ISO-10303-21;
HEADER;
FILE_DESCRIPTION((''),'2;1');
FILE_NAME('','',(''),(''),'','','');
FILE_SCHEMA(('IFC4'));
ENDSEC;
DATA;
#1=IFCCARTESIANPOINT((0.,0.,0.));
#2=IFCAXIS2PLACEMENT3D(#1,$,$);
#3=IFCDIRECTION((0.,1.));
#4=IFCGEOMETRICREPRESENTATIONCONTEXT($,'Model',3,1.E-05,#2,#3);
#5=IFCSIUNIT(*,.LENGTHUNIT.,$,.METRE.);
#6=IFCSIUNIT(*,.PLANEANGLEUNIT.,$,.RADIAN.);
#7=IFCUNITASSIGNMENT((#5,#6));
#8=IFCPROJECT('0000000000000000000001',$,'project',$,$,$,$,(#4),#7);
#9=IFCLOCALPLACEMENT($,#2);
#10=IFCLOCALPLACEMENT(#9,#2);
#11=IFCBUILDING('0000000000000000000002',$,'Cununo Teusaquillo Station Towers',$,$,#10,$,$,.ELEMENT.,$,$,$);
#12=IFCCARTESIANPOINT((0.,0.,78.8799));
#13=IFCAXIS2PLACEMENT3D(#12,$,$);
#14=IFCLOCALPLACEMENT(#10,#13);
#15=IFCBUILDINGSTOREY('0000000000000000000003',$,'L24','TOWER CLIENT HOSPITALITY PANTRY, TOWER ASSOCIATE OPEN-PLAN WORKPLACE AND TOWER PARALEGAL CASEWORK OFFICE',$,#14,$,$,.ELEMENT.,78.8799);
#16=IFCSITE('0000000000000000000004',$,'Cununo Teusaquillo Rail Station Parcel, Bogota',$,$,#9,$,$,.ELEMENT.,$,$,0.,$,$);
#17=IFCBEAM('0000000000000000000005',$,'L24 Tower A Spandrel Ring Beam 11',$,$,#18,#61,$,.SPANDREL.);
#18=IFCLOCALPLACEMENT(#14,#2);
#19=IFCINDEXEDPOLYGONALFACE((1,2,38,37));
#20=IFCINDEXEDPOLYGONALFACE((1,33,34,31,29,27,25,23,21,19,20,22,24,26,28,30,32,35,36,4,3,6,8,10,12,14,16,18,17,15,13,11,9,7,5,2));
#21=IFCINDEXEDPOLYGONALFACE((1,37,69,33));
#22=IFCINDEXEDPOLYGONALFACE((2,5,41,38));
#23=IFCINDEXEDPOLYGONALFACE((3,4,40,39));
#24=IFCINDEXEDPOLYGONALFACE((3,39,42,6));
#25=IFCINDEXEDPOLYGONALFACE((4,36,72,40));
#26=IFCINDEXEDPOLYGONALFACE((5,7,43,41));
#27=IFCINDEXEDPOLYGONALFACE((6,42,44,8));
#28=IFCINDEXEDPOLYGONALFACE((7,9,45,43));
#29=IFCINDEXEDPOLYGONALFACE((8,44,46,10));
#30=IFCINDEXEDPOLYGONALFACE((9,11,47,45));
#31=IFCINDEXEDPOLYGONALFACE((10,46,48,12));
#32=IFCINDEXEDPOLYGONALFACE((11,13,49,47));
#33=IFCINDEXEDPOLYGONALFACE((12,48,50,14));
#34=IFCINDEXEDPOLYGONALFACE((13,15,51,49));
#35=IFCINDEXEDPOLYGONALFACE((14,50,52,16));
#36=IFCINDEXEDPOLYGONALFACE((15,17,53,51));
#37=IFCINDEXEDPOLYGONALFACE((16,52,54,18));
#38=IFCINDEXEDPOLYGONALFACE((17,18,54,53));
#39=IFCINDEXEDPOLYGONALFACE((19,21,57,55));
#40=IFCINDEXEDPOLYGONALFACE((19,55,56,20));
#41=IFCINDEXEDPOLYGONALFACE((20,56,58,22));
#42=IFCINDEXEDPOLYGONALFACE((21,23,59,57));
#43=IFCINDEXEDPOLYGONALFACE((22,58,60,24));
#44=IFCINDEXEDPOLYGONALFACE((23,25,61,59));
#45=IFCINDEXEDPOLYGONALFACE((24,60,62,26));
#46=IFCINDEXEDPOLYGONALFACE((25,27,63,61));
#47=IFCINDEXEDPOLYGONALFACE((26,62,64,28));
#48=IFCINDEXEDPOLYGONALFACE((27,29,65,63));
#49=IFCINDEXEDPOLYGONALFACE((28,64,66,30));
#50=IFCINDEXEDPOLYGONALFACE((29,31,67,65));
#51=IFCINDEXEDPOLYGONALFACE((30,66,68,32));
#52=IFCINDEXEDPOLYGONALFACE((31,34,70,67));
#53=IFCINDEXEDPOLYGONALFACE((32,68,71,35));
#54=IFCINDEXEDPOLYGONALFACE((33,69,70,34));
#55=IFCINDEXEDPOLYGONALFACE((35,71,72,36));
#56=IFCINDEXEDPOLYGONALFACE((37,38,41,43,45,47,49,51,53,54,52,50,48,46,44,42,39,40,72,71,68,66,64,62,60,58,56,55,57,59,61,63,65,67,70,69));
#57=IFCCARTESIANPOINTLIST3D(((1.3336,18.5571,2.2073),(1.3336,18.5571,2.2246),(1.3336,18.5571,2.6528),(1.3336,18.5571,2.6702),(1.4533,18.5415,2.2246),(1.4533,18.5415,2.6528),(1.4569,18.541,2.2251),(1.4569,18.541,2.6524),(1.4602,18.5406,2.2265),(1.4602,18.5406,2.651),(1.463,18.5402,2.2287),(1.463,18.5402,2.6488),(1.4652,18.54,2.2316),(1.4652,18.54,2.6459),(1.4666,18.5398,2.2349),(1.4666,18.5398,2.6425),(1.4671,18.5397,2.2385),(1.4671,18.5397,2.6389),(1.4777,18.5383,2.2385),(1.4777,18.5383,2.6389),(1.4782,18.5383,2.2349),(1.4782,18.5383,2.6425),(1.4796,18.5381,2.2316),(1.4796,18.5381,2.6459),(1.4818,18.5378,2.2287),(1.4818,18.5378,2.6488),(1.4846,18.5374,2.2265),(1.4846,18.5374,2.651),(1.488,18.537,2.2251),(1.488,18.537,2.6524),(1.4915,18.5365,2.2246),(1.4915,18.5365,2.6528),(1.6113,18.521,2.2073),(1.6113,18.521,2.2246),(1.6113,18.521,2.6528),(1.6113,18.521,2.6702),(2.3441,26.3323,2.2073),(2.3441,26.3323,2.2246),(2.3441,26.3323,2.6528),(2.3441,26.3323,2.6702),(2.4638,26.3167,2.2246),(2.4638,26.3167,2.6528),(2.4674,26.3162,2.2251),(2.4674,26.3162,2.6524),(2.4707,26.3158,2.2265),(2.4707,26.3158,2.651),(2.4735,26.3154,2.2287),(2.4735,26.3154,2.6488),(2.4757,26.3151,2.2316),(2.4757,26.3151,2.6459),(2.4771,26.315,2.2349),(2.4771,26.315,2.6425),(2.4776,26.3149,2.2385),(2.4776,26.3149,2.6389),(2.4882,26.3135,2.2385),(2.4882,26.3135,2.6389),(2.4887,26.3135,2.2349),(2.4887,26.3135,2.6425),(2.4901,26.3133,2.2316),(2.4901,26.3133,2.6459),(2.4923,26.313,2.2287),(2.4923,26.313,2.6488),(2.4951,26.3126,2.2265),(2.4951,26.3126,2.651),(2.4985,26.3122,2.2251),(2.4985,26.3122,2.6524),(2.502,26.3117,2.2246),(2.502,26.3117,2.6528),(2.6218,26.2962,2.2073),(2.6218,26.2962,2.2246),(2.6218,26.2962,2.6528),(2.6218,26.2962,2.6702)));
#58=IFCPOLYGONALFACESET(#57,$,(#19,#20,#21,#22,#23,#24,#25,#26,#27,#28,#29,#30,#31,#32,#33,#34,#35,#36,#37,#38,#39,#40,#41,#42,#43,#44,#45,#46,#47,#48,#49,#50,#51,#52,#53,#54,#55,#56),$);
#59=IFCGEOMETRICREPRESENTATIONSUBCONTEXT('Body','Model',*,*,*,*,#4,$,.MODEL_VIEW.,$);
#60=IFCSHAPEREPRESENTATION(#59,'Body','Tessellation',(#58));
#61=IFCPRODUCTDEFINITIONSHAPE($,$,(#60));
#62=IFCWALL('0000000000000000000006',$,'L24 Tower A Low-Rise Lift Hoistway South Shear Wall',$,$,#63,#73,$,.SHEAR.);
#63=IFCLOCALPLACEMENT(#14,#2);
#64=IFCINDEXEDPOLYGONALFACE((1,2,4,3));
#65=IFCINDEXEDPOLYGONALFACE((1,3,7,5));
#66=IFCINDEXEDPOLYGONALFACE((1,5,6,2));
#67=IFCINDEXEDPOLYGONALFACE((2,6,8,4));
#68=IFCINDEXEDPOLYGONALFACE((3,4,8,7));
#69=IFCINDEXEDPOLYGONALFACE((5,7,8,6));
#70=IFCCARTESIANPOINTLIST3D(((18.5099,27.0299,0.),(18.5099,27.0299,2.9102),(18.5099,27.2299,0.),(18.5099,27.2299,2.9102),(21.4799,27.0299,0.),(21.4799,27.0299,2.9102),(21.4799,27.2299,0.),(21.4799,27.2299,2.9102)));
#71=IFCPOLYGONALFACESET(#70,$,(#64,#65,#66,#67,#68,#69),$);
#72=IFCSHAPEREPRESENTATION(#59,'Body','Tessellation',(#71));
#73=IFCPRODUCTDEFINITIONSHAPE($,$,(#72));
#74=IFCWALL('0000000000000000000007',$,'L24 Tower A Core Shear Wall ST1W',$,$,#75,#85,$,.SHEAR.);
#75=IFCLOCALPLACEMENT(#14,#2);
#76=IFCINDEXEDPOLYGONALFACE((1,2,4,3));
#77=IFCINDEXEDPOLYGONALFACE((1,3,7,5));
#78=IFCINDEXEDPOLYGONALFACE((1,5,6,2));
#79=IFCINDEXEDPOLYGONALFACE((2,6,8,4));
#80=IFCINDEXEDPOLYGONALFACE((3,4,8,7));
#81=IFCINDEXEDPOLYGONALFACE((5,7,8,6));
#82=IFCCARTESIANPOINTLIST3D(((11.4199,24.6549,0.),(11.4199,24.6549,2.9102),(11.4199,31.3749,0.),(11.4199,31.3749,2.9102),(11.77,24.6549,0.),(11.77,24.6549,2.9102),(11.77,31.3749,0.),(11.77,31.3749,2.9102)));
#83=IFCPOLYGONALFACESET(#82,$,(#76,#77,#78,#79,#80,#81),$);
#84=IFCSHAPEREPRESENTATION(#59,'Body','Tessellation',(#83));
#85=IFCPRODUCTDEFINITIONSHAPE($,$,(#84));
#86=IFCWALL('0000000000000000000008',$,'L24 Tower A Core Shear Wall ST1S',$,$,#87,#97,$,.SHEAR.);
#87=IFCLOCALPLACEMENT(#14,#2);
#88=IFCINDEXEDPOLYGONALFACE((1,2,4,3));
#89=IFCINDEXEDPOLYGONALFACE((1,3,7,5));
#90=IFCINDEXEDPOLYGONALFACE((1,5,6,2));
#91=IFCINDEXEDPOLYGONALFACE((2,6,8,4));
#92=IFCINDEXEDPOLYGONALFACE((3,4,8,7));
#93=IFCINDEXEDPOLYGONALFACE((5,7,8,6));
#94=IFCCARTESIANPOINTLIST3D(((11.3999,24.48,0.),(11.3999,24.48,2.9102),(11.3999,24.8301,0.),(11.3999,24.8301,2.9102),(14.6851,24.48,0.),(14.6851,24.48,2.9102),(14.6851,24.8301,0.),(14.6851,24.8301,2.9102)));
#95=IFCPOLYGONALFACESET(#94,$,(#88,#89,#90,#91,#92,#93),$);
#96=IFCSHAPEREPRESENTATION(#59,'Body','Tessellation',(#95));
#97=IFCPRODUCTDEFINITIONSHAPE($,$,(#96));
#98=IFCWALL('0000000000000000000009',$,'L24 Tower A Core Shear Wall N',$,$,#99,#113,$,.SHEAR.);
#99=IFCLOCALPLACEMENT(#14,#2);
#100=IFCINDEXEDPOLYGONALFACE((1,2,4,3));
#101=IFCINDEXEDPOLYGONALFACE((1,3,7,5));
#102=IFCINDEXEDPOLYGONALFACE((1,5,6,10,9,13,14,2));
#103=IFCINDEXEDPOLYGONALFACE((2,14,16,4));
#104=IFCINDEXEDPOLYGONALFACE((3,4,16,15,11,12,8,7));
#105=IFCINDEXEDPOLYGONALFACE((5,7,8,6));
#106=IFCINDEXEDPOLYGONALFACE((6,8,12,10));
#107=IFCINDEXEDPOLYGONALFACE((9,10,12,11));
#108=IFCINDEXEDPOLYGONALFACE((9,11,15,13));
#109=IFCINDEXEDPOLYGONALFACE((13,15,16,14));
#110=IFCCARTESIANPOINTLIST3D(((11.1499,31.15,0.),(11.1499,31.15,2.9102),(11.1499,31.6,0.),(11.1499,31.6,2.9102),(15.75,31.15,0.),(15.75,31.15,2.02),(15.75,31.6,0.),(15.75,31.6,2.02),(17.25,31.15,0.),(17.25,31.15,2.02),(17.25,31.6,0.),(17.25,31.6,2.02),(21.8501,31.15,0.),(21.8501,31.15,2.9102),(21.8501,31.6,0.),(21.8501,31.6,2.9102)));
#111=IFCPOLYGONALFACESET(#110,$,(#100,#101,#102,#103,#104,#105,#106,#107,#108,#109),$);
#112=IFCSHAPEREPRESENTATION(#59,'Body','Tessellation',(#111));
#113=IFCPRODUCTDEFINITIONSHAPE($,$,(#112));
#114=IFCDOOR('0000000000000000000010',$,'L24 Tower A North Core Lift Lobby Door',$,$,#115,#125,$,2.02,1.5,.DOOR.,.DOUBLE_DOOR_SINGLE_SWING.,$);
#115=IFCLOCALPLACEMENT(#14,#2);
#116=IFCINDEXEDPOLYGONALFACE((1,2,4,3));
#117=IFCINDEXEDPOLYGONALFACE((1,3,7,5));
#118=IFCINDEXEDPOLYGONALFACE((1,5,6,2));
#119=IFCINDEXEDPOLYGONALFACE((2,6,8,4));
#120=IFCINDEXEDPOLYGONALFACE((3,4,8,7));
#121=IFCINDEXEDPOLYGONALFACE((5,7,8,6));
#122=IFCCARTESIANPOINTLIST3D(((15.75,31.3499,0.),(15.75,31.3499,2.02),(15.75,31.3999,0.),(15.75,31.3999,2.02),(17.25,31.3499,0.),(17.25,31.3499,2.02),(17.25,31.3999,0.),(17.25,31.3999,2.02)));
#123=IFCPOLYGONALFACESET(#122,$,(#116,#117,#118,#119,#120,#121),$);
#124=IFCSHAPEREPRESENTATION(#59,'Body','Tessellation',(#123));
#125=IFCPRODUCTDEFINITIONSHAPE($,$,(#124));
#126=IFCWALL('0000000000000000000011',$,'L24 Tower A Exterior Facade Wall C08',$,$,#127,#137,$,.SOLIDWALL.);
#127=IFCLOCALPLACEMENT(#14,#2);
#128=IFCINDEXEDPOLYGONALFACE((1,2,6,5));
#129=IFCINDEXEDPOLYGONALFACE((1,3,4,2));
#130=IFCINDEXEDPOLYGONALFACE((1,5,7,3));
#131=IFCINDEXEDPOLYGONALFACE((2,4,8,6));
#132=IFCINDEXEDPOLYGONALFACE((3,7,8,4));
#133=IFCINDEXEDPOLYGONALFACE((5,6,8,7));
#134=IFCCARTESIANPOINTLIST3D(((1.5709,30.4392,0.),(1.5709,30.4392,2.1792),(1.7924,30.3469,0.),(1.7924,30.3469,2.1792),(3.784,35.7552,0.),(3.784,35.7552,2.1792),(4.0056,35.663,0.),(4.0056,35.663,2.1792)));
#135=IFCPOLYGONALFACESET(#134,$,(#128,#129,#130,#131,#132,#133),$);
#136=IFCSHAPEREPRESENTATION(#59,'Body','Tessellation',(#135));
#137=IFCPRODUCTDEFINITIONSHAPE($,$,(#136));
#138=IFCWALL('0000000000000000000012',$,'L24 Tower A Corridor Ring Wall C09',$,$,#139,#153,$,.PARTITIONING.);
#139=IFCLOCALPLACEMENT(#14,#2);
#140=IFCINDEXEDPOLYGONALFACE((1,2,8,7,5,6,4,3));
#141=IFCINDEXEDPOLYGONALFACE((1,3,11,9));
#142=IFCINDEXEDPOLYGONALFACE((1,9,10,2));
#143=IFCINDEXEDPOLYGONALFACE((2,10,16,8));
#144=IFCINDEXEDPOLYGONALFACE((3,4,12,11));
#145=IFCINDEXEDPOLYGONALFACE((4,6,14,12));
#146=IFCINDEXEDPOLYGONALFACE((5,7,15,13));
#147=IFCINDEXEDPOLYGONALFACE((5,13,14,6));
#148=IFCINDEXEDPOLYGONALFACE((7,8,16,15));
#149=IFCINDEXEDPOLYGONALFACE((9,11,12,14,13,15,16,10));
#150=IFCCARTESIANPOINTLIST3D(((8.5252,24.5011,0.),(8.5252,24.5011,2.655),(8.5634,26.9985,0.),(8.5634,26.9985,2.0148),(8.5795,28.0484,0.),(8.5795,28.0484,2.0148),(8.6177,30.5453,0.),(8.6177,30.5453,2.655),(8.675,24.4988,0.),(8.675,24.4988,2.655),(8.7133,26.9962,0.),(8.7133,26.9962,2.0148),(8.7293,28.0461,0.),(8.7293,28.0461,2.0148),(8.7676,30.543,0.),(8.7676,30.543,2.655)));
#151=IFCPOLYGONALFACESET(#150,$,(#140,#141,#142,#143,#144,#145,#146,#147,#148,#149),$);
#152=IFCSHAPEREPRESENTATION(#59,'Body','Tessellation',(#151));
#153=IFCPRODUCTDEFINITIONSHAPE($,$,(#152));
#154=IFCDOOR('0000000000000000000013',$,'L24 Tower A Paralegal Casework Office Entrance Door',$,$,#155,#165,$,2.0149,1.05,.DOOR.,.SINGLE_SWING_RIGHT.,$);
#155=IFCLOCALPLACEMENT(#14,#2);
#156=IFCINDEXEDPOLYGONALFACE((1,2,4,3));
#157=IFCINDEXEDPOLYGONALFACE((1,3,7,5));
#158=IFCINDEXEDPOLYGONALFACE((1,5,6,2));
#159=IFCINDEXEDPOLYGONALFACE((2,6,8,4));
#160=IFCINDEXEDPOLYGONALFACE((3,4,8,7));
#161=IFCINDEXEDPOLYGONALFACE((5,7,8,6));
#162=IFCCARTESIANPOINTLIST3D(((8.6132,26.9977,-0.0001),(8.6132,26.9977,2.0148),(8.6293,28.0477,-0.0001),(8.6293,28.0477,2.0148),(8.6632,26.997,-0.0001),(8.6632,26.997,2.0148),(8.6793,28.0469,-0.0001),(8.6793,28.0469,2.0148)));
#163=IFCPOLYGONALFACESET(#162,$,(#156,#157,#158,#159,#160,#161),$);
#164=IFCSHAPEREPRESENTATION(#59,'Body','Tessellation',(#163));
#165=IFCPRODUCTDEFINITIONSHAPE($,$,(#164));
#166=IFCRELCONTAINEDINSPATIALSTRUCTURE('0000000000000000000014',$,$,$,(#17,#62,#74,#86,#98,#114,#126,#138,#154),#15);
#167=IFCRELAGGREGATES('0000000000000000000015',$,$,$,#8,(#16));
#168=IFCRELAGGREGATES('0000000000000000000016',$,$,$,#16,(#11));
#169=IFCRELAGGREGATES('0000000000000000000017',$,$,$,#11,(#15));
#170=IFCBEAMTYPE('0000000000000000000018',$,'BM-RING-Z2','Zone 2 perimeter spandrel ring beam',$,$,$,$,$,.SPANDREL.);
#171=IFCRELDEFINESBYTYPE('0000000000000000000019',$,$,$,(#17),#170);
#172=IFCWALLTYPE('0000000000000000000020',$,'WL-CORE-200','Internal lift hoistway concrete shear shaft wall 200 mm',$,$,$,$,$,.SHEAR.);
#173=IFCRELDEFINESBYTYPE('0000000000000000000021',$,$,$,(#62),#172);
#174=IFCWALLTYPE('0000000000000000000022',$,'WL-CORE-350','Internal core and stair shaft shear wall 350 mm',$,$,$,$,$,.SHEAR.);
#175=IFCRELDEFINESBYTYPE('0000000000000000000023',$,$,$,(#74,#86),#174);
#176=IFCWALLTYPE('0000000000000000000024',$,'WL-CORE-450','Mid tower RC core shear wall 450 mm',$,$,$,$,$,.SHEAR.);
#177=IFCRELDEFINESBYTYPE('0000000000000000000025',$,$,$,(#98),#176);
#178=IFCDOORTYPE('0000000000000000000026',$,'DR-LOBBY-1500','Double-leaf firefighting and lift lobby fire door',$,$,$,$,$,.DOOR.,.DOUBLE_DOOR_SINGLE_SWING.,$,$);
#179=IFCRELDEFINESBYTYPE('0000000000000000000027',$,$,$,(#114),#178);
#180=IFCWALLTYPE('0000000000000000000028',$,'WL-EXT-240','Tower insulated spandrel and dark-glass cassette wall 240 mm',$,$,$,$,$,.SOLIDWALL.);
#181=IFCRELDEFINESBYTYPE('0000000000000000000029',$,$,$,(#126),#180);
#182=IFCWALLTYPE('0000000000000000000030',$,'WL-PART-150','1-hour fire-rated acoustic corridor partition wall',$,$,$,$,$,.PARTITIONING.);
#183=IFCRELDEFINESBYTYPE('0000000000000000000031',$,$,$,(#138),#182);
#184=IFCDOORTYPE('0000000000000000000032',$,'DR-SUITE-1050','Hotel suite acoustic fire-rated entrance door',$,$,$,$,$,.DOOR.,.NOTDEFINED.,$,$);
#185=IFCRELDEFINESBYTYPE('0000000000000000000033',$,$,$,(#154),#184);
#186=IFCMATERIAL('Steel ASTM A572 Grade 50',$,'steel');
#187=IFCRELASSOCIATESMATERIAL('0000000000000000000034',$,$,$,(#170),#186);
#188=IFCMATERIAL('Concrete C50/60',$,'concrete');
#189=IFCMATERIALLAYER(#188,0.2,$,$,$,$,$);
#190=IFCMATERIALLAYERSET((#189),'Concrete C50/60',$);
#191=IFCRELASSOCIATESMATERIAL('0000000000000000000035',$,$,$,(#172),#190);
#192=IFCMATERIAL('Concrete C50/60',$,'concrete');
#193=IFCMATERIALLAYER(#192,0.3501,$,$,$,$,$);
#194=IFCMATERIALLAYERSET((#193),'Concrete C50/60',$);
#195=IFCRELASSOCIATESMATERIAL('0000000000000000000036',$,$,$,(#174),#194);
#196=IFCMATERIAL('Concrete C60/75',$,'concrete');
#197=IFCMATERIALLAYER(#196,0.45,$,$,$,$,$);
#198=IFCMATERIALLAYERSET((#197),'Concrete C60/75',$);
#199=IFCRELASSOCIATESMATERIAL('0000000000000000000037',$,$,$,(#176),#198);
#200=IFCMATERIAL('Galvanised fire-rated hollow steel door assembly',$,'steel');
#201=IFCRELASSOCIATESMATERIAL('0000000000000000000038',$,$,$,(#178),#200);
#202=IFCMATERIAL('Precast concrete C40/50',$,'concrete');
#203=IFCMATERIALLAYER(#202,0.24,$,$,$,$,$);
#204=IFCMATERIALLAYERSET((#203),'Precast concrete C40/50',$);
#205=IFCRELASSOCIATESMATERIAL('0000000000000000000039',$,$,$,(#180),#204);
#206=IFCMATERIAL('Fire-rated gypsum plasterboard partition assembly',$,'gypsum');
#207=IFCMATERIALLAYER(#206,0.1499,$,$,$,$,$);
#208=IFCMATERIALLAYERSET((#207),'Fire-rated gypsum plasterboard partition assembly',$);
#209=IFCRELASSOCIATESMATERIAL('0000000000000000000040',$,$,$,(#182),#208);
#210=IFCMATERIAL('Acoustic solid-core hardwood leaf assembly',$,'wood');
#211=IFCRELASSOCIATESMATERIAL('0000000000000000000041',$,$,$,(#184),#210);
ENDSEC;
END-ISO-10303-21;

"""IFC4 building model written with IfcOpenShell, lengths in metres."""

from ifc_helpers import new_model, si_unit, direction, frame, frame_2d, origin, origin_2d, place, context, subcontext, project, spatial, rectangle, i_section, extrude, source, transform, mapped, material, layer, layer_set, material_profile, profile_set, type_object, element, fill, save


model = new_model("IFC4")

# Units and contexts
model_context = context("Model", 3, precision=1e-05, world=origin(), true_north=direction((0.0, 1.0)))
body_context = subcontext(model_context, "Body", "Model", "MODEL_VIEW")
ifc_project = project(units=[si_unit("LENGTHUNIT", "METRE"), si_unit("PLANEANGLEUNIT", "RADIAN")], contexts=[model_context])

# Site, building, storey
site_placement = place(None, origin())
site = spatial("IfcSite", under=ifc_project, at=site_placement, Name="Cununo Teusaquillo Rail Station Parcel, Bogota", CompositionType="ELEMENT", RefElevation=0.0)
building_placement = place(site_placement, origin())
building = spatial("IfcBuilding", under=site, at=building_placement, Name="Cununo Teusaquillo Station Towers", CompositionType="ELEMENT")
storey_placement = place(building_placement, frame((0.0, 0.0, 78.8799)))
storey = spatial("IfcBuildingStorey", under=building, at=storey_placement, Name="L24", Description="TOWER CLIENT HOSPITALITY PANTRY, TOWER ASSOCIATE OPEN-PLAN WORKPLACE AND TOWER PARALEGAL CASEWORK OFFICE", CompositionType="ELEMENT", Elevation=78.8799)

# Beam
ifc_material_1 = material(Name="Steel ASTM A572 Grade 50", Category="steel")
ifc_material_profile_1 = material_profile(ifc_material_1, i_section(OverallWidth=0.28, OverallDepth=0.4629, WebThickness=0.0107, FlangeThickness=0.0173, FilletRadius=0.0139, at=origin_2d()), Name="W18X76")
ifc_profile_set_1 = profile_set([ifc_material_profile_1], Name="Steel ASTM A572 Grade 50")
beam_type_1 = type_object("IfcBeamType", Name="BM-RING-Z2", Description="Zone 2 perimeter spandrel ring beam", PredefinedType="SPANDREL", material=ifc_profile_set_1)
beam_1_placement = place(storey_placement, frame((2.4829, 26.3142, 2.4387), z_axis=(-0.128881, -0.99166, 0.0), x_axis=(0.99166, -0.128881, 0.0)))
element("IfcBeam", 1, at=beam_1_placement, inside=storey, type_object=beam_type_1, Name="L24 Tower A Spandrel Ring Beam 11", PredefinedType="SPANDREL", context=body_context, shape_type="SweptSolid", body=[
    extrude(i_section(OverallWidth=0.28, OverallDepth=0.4629, WebThickness=0.0107, FlangeThickness=0.0173, FilletRadius=0.0139, at=origin_2d()), origin(), (0.0, 0.0, 1.0), 7.8406),
])

# Walls
ifc_material_2 = material(Name="Concrete C50/60", Category="concrete")
ifc_layer_1 = layer(ifc_material_2, 0.2)
ifc_layer_set_1 = layer_set([ifc_layer_1], Name="Concrete C50/60")
wall_type_1 = type_object("IfcWallType", Name="WL-CORE-200", Description="Internal lift hoistway concrete shear shaft wall 200 mm", PredefinedType="SHEAR", material=ifc_layer_set_1)
wall_1_placement = place(storey_placement, frame((18.51, 27.1299, 0.0), z_axis=(0.0, 0.0, 1.0), x_axis=(1.0, 0.0, 0.0)))
element("IfcWall", 2, at=wall_1_placement, inside=storey, type_object=wall_type_1, Name="L24 Tower A Low-Rise Lift Hoistway South Shear Wall", PredefinedType="SHEAR", context=body_context, shape_type="SweptSolid", body=[
    extrude(rectangle(XDim=2.97, YDim=0.2, at=frame_2d((1.4849, 0.0))), origin(), (0.0, 0.0, 1.0), 2.9102),
])
ifc_material_3 = material(Name="Concrete C50/60", Category="concrete")
ifc_layer_2 = layer(ifc_material_3, 0.3501)
ifc_layer_set_2 = layer_set([ifc_layer_2], Name="Concrete C50/60")
wall_type_2 = type_object("IfcWallType", Name="WL-CORE-350", Description="Internal core and stair shaft shear wall 350 mm", PredefinedType="SHEAR", material=ifc_layer_set_2)
wall_2_placement = place(storey_placement, frame((11.595, 24.655, 0.0), z_axis=(0.0, 0.0, 1.0), x_axis=(0.0, 1.0, 0.0)))
element("IfcWall", 3, at=wall_2_placement, inside=storey, type_object=wall_type_2, Name="L24 Tower A Core Shear Wall ST1W", PredefinedType="SHEAR", context=body_context, shape_type="SweptSolid", body=[
    extrude(rectangle(XDim=6.72, YDim=0.3501, at=frame_2d((3.3599, 0.0))), origin(), (0.0, 0.0, 1.0), 2.9102),
])
wall_3_placement = place(storey_placement, frame((11.3999, 24.655, 0.0), z_axis=(0.0, 0.0, 1.0), x_axis=(1.0, 0.0, 0.0)))
element("IfcWall", 4, at=wall_3_placement, inside=storey, type_object=wall_type_2, Name="L24 Tower A Core Shear Wall ST1S", PredefinedType="SHEAR", context=body_context, shape_type="SweptSolid", body=[
    extrude(rectangle(XDim=3.2852, YDim=0.3501, at=frame_2d((1.6426, 0.0))), origin(), (0.0, 0.0, 1.0), 2.9102),
])

# Wall, opening, door
ifc_material_4 = material(Name="Concrete C60/75", Category="concrete")
ifc_layer_3 = layer(ifc_material_4, 0.45)
ifc_layer_set_3 = layer_set([ifc_layer_3], Name="Concrete C60/75")
wall_type_3 = type_object("IfcWallType", Name="WL-CORE-450", Description="Mid tower RC core shear wall 450 mm", PredefinedType="SHEAR", material=ifc_layer_set_3)
wall_4_placement = place(storey_placement, frame((11.1499, 31.375, 0.0), z_axis=(0.0, 0.0, 1.0), x_axis=(1.0, 0.0, 0.0)))
wall_4 = element("IfcWall", 5, at=wall_4_placement, inside=storey, type_object=wall_type_3, Name="L24 Tower A Core Shear Wall N", PredefinedType="SHEAR", context=body_context, shape_type="SweptSolid", body=[
    extrude(rectangle(XDim=10.7002, YDim=0.45, at=frame_2d((5.3501, 0.0))), origin(), (0.0, 0.0, 1.0), 2.9102),
])
shared_shape_1 = source(origin(), body_context, "Body", "SweptSolid", [
    extrude(rectangle(XDim=1.5, YDim=2.02, at=frame_2d((0.75, 1.01))), frame((0.0, 0.2349, 0.0), z_axis=(0.0, -1.0, 0.0), x_axis=(1.0, 0.0, 0.0)), (0.0, 0.0, 1.0), 0.47),
])
opening_1_placement = place(wall_4_placement, frame((4.6001, 0.0, 0.0)))
opening_1 = element("IfcOpeningElement", 6, at=opening_1_placement, cuts=wall_4, PredefinedType="OPENING", context=body_context, shape_type="MappedRepresentation", body=[
    mapped(shared_shape_1, transform((0.0, 0.0, 0.0), x_axis=(1.0, 0.0, 0.0), y_axis=(0.0, 1.0, 0.0), z_axis=(0.0, 0.0, 1.0), scale=1.0)),
])
ifc_material_5 = material(Name="Galvanised fire-rated hollow steel door assembly", Category="steel")
door_type_1 = type_object("IfcDoorType", Name="DR-LOBBY-1500", Description="Double-leaf firefighting and lift lobby fire door", OperationType="DOUBLE_DOOR_SINGLE_SWING", PredefinedType="DOOR", material=ifc_material_5)
shared_shape_2 = source(origin(), body_context, "Body", "SweptSolid", [
    extrude(rectangle(XDim=1.5, YDim=2.02, at=frame_2d((0.75, 1.01))), frame((0.0, 0.0249, 0.0), z_axis=(0.0, -1.0, 0.0), x_axis=(1.0, 0.0, 0.0)), (0.0, 0.0, 1.0), 0.05),
])
door_1_placement = place(opening_1_placement, origin())
door_1 = element("IfcDoor", 7, at=door_1_placement, inside=storey, type_object=door_type_1, Name="L24 Tower A North Core Lift Lobby Door", OperationType="DOUBLE_DOOR_SINGLE_SWING", OverallHeight=2.02, OverallWidth=1.5, PredefinedType="DOOR", context=body_context, shape_type="MappedRepresentation", body=[
    mapped(shared_shape_2, transform((0.0, 0.0, 0.0), x_axis=(1.0, 0.0, 0.0), y_axis=(0.0, 1.0, 0.0), z_axis=(0.0, 0.0, 1.0), scale=1.0)),
])
fill(opening_1, door_1)

# Wall
ifc_material_6 = material(Name="Precast concrete C40/50", Category="concrete")
ifc_layer_4 = layer(ifc_material_6, 0.24)
ifc_layer_set_4 = layer_set([ifc_layer_4], Name="Precast concrete C40/50")
wall_type_4 = type_object("IfcWallType", Name="WL-EXT-240", Description="Tower insulated spandrel and dark-glass cassette wall 240 mm", PredefinedType="SOLIDWALL", material=ifc_layer_set_4)
wall_5_placement = place(storey_placement, frame((1.6816, 30.3931, 0.0), z_axis=(0.0, 0.0, 1.0), x_axis=(0.384344, 0.92319, 0.0)))
element("IfcWall", 8, at=wall_5_placement, inside=storey, type_object=wall_type_4, Name="L24 Tower A Exterior Facade Wall C08", PredefinedType="SOLIDWALL", context=body_context, shape_type="SweptSolid", body=[
    extrude(rectangle(XDim=5.7583, YDim=0.24, at=frame_2d((2.8792, 0.0))), origin(), (0.0, 0.0, 1.0), 2.1792),
])

# Wall, opening, door
ifc_material_7 = material(Name="Fire-rated gypsum plasterboard partition assembly", Category="gypsum")
ifc_layer_5 = layer(ifc_material_7, 0.1499)
ifc_layer_set_5 = layer_set([ifc_layer_5], Name="Fire-rated gypsum plasterboard partition assembly")
wall_type_5 = type_object("IfcWallType", Name="WL-PART-150", Description="1-hour fire-rated acoustic corridor partition wall", PredefinedType="PARTITIONING", material=ifc_layer_set_5)
wall_6_placement = place(storey_placement, frame((8.6926, 30.5442, 0.0), z_axis=(0.0, 0.0, 1.0), x_axis=(-0.015307, -0.999883, 0.0)))
wall_6 = element("IfcWall", 9, at=wall_6_placement, inside=storey, type_object=wall_type_5, Name="L24 Tower A Corridor Ring Wall C09", PredefinedType="PARTITIONING", context=body_context, shape_type="SweptSolid", body=[
    extrude(rectangle(XDim=6.0449, YDim=0.1499, at=frame_2d((3.0225, 0.0))), origin(), (0.0, 0.0, 1.0), 2.655),
])
shared_shape_3 = source(origin(), body_context, "Body", "SweptSolid", [
    extrude(rectangle(XDim=1.05, YDim=2.0149, at=frame_2d((0.5249, 1.0073))), frame((0.0, 0.085, 0.0), z_axis=(0.0, -1.0, 0.0), x_axis=(1.0, 0.0, 0.0)), (0.0, 0.0, 1.0), 0.1699),
])
opening_2_placement = place(wall_6_placement, frame((2.4973, 0.0, 0.0)))
opening_2 = element("IfcOpeningElement", 10, at=opening_2_placement, cuts=wall_6, PredefinedType="OPENING", context=body_context, shape_type="MappedRepresentation", body=[
    mapped(shared_shape_3, transform((0.0, 0.0, 0.0), x_axis=(1.0, 0.0, 0.0), y_axis=(0.0, 1.0, 0.0), z_axis=(0.0, 0.0, 1.0), scale=1.0)),
])
ifc_material_8 = material(Name="Acoustic solid-core hardwood leaf assembly", Category="wood")
door_type_2 = type_object("IfcDoorType", Name="DR-SUITE-1050", Description="Hotel suite acoustic fire-rated entrance door", OperationType="NOTDEFINED", PredefinedType="DOOR", material=ifc_material_8)
shared_shape_4 = source(origin(), body_context, "Body", "SweptSolid", [
    extrude(rectangle(XDim=1.05, YDim=2.0149, at=frame_2d((0.5249, 1.0073))), frame((0.0, 0.0249, 0.0), z_axis=(0.0, -1.0, 0.0), x_axis=(1.0, 0.0, 0.0)), (0.0, 0.0, 1.0), 0.05),
])
door_2_placement = place(opening_2_placement, origin())
door_2 = element("IfcDoor", 11, at=door_2_placement, inside=storey, type_object=door_type_2, Name="L24 Tower A Paralegal Casework Office Entrance Door", OperationType="SINGLE_SWING_RIGHT", OverallHeight=2.0149, OverallWidth=1.05, PredefinedType="DOOR", context=body_context, shape_type="MappedRepresentation", body=[
    mapped(shared_shape_4, transform((0.0, 0.0, 0.0), x_axis=(1.0, 0.0, 0.0), y_axis=(0.0, 1.0, 0.0), z_axis=(0.0, 0.0, 1.0), scale=1.0)),
])
fill(opening_2, door_2)

save(model, "model.ifc")
